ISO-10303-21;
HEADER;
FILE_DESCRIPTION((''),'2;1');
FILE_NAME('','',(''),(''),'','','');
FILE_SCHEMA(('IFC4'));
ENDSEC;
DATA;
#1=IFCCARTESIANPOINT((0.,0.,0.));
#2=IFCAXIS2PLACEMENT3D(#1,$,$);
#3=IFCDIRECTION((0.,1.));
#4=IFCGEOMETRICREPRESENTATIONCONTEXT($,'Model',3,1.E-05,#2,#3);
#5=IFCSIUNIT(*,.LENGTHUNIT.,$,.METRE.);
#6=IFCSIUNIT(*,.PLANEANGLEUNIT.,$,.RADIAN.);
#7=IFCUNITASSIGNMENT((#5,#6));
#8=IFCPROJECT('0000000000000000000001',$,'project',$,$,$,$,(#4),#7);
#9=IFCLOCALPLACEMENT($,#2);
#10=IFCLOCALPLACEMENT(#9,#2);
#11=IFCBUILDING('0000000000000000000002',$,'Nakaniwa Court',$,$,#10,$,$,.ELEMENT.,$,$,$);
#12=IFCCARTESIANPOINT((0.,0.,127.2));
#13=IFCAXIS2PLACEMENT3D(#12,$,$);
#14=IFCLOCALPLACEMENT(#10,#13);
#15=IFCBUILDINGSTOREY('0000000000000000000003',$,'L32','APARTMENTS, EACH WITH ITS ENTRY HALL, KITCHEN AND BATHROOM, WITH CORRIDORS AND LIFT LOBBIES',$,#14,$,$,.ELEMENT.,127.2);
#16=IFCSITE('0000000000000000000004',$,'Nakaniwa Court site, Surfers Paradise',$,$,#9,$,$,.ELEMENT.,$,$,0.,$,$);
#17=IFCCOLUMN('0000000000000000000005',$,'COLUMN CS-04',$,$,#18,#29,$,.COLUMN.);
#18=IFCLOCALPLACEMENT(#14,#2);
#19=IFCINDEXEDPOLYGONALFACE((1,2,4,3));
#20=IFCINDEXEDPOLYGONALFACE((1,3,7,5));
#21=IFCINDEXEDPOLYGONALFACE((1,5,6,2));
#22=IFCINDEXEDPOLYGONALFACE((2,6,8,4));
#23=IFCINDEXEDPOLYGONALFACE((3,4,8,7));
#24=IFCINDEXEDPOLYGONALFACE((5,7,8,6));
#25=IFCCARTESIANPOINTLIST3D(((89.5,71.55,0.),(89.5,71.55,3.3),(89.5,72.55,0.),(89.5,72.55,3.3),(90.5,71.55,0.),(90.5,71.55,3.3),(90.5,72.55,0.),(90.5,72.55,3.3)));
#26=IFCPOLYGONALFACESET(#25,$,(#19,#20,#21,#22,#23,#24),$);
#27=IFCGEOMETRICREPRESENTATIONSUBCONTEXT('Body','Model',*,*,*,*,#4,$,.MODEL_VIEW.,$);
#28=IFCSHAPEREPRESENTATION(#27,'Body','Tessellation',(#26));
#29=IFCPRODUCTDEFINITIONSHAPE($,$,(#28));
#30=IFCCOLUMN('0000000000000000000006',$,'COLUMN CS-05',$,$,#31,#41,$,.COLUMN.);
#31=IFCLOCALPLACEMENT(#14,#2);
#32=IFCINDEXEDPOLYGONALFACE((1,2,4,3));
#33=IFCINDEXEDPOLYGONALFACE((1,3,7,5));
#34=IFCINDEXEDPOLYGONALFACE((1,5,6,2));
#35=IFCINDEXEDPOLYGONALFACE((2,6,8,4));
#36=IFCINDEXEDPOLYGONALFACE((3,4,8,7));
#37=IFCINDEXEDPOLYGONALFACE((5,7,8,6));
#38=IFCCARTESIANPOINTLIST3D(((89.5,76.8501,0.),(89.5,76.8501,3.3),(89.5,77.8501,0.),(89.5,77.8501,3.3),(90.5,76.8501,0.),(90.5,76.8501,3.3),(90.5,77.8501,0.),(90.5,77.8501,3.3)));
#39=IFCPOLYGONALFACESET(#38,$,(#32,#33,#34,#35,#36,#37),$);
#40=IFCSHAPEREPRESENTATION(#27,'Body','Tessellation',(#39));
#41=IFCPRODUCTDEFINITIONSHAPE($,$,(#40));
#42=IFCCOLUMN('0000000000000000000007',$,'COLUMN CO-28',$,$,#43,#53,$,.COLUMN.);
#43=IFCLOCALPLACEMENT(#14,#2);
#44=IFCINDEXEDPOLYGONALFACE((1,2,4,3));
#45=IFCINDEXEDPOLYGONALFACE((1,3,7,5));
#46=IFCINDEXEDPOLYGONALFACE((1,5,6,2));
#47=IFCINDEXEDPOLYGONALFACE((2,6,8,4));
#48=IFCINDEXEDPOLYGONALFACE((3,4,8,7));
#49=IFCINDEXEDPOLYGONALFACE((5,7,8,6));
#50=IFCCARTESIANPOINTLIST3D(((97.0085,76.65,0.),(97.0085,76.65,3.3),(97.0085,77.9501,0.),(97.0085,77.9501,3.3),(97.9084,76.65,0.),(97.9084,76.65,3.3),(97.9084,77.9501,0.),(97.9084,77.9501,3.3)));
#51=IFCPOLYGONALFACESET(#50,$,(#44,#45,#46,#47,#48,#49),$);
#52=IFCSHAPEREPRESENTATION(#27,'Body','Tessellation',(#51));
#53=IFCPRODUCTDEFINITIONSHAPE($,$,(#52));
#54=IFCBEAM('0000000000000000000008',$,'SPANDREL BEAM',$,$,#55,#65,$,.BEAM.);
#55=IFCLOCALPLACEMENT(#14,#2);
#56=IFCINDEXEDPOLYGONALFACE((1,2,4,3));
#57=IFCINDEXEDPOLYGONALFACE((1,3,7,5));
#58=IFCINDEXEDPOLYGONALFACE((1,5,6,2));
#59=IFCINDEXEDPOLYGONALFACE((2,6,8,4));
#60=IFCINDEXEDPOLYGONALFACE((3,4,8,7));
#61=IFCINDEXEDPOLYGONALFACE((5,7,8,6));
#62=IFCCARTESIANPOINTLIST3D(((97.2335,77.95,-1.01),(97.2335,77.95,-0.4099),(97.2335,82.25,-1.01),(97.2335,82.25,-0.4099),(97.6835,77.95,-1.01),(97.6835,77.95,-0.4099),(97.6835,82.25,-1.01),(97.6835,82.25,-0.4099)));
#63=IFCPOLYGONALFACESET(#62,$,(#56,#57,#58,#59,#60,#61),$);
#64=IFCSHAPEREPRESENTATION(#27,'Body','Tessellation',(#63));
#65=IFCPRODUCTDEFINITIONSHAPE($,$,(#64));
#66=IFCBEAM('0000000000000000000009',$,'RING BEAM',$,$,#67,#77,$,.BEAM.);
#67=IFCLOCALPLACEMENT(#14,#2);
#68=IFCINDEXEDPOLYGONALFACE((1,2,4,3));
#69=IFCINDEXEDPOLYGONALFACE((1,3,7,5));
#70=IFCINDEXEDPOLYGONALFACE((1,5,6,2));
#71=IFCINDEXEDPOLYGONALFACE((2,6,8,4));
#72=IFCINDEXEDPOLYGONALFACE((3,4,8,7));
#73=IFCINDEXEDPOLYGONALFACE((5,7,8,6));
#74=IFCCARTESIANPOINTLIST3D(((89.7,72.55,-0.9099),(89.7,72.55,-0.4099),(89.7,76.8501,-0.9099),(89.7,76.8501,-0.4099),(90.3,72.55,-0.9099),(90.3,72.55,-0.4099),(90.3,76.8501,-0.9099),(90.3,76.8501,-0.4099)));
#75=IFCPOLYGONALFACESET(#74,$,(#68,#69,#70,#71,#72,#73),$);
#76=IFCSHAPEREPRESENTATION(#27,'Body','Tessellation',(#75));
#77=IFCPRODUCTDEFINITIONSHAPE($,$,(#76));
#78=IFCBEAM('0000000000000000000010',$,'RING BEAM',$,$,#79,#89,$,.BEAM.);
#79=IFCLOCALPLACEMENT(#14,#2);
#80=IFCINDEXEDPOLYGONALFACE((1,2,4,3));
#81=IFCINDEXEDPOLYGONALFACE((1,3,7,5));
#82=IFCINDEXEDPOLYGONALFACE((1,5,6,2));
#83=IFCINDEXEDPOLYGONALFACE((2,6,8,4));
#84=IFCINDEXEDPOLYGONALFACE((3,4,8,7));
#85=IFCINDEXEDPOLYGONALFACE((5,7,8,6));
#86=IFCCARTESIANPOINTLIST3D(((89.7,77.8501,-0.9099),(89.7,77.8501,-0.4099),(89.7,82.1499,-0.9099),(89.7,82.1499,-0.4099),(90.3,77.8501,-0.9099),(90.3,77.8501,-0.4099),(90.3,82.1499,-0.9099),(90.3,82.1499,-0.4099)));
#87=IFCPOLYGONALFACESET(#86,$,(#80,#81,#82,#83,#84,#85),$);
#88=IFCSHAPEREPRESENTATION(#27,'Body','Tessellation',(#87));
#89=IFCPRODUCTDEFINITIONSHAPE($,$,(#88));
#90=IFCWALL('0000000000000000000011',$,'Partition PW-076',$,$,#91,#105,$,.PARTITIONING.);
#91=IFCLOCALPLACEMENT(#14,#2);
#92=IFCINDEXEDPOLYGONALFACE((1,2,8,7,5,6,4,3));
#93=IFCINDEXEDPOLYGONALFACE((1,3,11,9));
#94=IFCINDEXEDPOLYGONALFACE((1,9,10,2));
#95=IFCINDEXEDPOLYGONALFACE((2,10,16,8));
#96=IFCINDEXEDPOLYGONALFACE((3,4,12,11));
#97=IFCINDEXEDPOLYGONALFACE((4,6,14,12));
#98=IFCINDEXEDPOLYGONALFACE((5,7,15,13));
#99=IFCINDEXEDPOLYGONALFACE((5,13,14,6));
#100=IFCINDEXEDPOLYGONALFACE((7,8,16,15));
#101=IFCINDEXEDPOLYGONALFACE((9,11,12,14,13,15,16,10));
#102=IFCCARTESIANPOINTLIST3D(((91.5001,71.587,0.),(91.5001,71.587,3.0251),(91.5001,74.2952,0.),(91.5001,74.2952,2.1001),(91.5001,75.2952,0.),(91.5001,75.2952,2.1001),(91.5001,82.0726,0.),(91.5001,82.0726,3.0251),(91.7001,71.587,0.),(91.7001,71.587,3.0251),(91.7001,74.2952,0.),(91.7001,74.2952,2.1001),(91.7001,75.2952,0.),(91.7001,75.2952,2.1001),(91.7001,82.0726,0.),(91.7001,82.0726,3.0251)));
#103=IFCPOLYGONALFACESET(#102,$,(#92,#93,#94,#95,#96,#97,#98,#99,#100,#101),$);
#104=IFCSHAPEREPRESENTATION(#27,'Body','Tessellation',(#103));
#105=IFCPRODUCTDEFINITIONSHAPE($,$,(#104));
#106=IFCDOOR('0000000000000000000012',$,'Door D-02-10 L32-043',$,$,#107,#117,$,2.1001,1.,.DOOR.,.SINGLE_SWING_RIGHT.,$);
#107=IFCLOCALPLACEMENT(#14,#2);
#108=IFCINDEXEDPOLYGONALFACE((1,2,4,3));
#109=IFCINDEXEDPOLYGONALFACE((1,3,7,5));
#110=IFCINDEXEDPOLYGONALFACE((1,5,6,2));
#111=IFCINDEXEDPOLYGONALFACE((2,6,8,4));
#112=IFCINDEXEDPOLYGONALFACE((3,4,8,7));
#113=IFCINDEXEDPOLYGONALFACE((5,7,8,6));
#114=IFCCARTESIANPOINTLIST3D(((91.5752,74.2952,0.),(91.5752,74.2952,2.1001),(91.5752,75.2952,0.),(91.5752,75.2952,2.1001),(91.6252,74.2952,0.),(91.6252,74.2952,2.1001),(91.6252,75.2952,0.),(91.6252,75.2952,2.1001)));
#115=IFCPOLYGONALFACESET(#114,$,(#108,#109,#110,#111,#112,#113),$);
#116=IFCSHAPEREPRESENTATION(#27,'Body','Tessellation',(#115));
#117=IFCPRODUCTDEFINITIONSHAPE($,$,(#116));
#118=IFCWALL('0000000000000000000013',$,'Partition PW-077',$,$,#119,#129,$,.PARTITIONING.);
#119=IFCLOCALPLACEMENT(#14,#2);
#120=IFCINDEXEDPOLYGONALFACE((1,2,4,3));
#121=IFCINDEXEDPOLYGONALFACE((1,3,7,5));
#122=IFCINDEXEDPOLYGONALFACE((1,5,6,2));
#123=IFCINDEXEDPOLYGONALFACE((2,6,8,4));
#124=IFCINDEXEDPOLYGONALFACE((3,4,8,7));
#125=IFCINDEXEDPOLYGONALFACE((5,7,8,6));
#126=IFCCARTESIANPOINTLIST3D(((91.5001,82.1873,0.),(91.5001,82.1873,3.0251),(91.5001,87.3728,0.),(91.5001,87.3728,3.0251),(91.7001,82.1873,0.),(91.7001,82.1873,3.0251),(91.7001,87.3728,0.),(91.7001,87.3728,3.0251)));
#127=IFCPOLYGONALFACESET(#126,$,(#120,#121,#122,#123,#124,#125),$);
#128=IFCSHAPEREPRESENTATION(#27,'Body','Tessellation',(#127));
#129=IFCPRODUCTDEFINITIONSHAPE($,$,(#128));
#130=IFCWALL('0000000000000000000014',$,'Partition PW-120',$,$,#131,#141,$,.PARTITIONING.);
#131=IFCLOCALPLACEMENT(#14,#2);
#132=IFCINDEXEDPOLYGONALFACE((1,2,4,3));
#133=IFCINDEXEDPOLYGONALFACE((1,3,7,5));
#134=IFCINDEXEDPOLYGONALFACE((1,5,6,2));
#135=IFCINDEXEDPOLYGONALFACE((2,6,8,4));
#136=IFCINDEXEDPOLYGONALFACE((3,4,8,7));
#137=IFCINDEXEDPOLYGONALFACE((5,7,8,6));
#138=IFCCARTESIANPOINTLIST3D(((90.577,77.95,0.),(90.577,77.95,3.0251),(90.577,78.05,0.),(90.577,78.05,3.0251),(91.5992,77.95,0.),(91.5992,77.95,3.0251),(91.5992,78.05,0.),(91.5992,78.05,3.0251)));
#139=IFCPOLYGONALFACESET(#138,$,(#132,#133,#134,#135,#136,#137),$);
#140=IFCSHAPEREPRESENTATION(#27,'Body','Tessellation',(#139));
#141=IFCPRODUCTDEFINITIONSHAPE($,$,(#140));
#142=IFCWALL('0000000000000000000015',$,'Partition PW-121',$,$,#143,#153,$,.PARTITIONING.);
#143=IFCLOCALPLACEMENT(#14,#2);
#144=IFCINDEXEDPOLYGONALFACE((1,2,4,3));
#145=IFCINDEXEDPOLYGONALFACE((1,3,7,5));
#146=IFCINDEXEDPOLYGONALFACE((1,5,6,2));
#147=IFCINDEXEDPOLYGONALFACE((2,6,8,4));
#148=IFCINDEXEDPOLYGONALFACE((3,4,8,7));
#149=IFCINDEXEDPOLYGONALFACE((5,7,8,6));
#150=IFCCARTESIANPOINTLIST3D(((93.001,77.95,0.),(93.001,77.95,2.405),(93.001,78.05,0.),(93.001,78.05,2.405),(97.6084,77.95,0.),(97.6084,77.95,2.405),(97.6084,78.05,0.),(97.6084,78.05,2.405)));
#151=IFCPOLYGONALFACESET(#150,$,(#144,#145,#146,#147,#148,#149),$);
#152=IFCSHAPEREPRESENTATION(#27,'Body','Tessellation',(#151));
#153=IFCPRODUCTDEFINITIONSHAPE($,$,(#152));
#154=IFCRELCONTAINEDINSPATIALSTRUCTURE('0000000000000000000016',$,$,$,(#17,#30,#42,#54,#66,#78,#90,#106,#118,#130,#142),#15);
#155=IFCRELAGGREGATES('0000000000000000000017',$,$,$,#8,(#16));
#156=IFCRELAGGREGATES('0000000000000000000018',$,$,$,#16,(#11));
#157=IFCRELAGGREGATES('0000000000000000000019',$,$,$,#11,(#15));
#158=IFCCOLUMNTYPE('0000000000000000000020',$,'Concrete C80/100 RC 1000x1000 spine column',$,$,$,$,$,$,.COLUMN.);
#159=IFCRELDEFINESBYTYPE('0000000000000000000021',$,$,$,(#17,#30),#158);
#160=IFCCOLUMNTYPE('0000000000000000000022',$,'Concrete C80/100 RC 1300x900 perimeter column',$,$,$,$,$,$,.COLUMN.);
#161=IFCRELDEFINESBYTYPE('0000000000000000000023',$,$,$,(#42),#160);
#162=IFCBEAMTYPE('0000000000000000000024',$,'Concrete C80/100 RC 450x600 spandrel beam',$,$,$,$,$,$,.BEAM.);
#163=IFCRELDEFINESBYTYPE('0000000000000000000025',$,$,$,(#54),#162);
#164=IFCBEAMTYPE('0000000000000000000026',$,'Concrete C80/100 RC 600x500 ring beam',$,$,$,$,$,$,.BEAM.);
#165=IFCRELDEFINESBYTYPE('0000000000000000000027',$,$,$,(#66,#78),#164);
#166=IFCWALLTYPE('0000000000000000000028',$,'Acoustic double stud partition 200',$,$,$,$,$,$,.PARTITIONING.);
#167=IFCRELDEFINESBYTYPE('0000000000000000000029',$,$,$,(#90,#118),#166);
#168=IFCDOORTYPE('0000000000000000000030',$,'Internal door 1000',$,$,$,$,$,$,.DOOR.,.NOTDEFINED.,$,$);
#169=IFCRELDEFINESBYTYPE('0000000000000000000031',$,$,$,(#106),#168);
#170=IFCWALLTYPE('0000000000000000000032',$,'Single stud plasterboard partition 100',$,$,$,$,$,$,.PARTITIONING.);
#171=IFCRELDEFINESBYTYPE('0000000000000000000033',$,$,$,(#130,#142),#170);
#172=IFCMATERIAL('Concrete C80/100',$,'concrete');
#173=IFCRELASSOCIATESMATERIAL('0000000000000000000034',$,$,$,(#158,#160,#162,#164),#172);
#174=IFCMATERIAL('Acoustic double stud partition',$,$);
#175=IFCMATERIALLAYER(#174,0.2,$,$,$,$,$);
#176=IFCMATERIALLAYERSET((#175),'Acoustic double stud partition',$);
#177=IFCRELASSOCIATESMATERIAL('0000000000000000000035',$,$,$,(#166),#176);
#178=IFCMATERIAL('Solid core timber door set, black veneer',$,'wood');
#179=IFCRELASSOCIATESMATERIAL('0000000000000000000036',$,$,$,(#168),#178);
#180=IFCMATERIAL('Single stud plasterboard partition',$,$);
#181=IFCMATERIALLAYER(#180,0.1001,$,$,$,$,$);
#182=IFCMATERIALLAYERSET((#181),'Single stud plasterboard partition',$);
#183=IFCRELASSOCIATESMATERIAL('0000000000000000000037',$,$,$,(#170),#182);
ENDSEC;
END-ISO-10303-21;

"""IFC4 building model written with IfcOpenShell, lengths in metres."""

from ifc_helpers import new_model, si_unit, direction, frame, frame_2d, origin, origin_2d, place, context, subcontext, project, spatial, rectangle, extrude, material, layer, layer_set, material_profile, profile_set, type_object, element, fill, save


model = new_model("IFC4")

# Units and contexts
model_context = context("Model", 3, precision=1e-05, world=origin(), true_north=direction((0.0, 1.0)))
body_context = subcontext(model_context, "Body", "Model", "MODEL_VIEW")
ifc_project = project(units=[si_unit("LENGTHUNIT", "METRE"), si_unit("PLANEANGLEUNIT", "RADIAN")], contexts=[model_context])

# Site, building, storey
site_placement = place(None, origin())
site = spatial("IfcSite", under=ifc_project, at=site_placement, Name="Nakaniwa Court site, Surfers Paradise", CompositionType="ELEMENT", RefElevation=0.0)
building_placement = place(site_placement, origin())
building = spatial("IfcBuilding", under=site, at=building_placement, Name="Nakaniwa Court", CompositionType="ELEMENT")
storey_placement = place(building_placement, frame((0.0, 0.0, 127.2)))
storey = spatial("IfcBuildingStorey", under=building, at=storey_placement, Name="L32", Description="APARTMENTS, EACH WITH ITS ENTRY HALL, KITCHEN AND BATHROOM, WITH CORRIDORS AND LIFT LOBBIES", CompositionType="ELEMENT", Elevation=127.2)

# Columns
ifc_material_1 = material(Name="Concrete C80/100", Category="concrete")
ifc_material_profile_1 = material_profile(ifc_material_1, rectangle(XDim=1.0, YDim=1.0, at=origin_2d()), Name="Concrete C80/100 RC 1000x1000 spine column")
ifc_profile_set_1 = profile_set([ifc_material_profile_1], Name="Concrete C80/100")
column_type_1 = type_object("IfcColumnType", Name="Concrete C80/100 RC 1000x1000 spine column", PredefinedType="COLUMN", material=ifc_profile_set_1)
for number, where, z_axis, x_axis, name in (
    (1, (90.0, 72.05, 0.0), (0.0, 0.0, 1.0), (0.0, 1.0, 0.0), "COLUMN CS-04"),
    (2, (90.0, 77.3501, 0.0), (0.0, 0.0, 1.0), (0.0, 1.0, 0.0), "COLUMN CS-05"),
):
    element("IfcColumn", number, at=place(storey_placement, frame(where, z_axis=z_axis, x_axis=x_axis)), inside=storey, type_object=column_type_1, Name=name, PredefinedType="COLUMN", context=body_context, shape_type="SweptSolid", body=[
        extrude(rectangle(XDim=1.0, YDim=1.0, at=origin_2d()), origin(), (0.0, 0.0, 1.0), 3.3),
    ])
ifc_material_profile_2 = material_profile(ifc_material_1, rectangle(XDim=1.3, YDim=0.8999, at=origin_2d()), Name="Concrete C80/100 RC 1300x900 perimeter column")
ifc_profile_set_2 = profile_set([ifc_material_profile_2], Name="Concrete C80/100")
column_type_2 = type_object("IfcColumnType", Name="Concrete C80/100 RC 1300x900 perimeter column", PredefinedType="COLUMN", material=ifc_profile_set_2)
column_placement = place(storey_placement, frame((97.4585, 77.3, 0.0), z_axis=(0.0, 0.0, 1.0), x_axis=(0.0, 1.0, 0.0)))
element("IfcColumn", 3, at=column_placement, inside=storey, type_object=column_type_2, Name="COLUMN CO-28", PredefinedType="COLUMN", context=body_context, shape_type="SweptSolid", body=[
    extrude(rectangle(XDim=1.3, YDim=0.8999, at=origin_2d()), origin(), (0.0, 0.0, 1.0), 3.3),
])

# Beams
ifc_material_profile_3 = material_profile(ifc_material_1, rectangle(XDim=0.45, YDim=0.6001, at=origin_2d()), Name="Concrete C80/100 RC 450x600 spandrel beam")
ifc_profile_set_3 = profile_set([ifc_material_profile_3], Name="Concrete C80/100")
beam_type_1 = type_object("IfcBeamType", Name="Concrete C80/100 RC 450x600 spandrel beam", PredefinedType="BEAM", material=ifc_profile_set_3)
beam_1_placement = place(storey_placement, frame((97.4585, 77.95, -0.71), z_axis=(0.0, 1.0, 0.0), x_axis=(-1.0, 0.0, 0.0)))
element("IfcBeam", 4, at=beam_1_placement, inside=storey, type_object=beam_type_1, Name="SPANDREL BEAM", PredefinedType="BEAM", context=body_context, shape_type="SweptSolid", body=[
    extrude(rectangle(XDim=0.45, YDim=0.6001, at=origin_2d()), origin(), (0.0, 0.0, 1.0), 4.3),
])
ifc_material_profile_4 = material_profile(ifc_material_1, rectangle(XDim=0.6001, YDim=0.5, at=origin_2d()), Name="Concrete C80/100 RC 600x500 ring beam")
ifc_profile_set_4 = profile_set([ifc_material_profile_4], Name="Concrete C80/100")
beam_type_2 = type_object("IfcBeamType", Name="Concrete C80/100 RC 600x500 ring beam", PredefinedType="BEAM", material=ifc_profile_set_4)
beam_2_placement = place(storey_placement, frame((90.0, 72.55, -0.6599), z_axis=(0.0, 1.0, 0.0), x_axis=(-1.0, 0.0, 0.0)))
element("IfcBeam", 5, at=beam_2_placement, inside=storey, type_object=beam_type_2, Name="RING BEAM", PredefinedType="BEAM", context=body_context, shape_type="SweptSolid", body=[
    extrude(rectangle(XDim=0.6001, YDim=0.5, at=origin_2d()), origin(), (0.0, 0.0, 1.0), 4.3),
])
beam_3_placement = place(storey_placement, frame((90.0, 77.8501, -0.6599), z_axis=(0.0, 1.0, 0.0), x_axis=(-1.0, 0.0, 0.0)))
element("IfcBeam", 6, at=beam_3_placement, inside=storey, type_object=beam_type_2, Name="RING BEAM", PredefinedType="BEAM", context=body_context, shape_type="SweptSolid", body=[
    extrude(rectangle(XDim=0.6001, YDim=0.5, at=origin_2d()), origin(), (0.0, 0.0, 1.0), 4.2998),
])

# Wall, opening, door
ifc_material_2 = material(Name="Acoustic double stud partition")
ifc_layer_1 = layer(ifc_material_2, 0.2)
ifc_layer_set_1 = layer_set([ifc_layer_1], Name="Acoustic double stud partition")
wall_type_1 = type_object("IfcWallType", Name="Acoustic double stud partition 200", PredefinedType="PARTITIONING", material=ifc_layer_set_1)
wall_1_placement = place(storey_placement, frame((91.6001, 71.5872, 0.0), z_axis=(0.0, 0.0, 1.0), x_axis=(0.0, 1.0, 0.0)))
wall_1 = element("IfcWall", 7, at=wall_1_placement, inside=storey, type_object=wall_type_1, Name="Partition PW-076", PredefinedType="PARTITIONING", context=body_context, shape_type="SweptSolid", body=[
    extrude(rectangle(XDim=10.4856, YDim=0.2, at=frame_2d((5.2427, 0.0))), origin(), (0.0, 0.0, 1.0), 3.0251),
])
opening_1_placement = place(wall_1_placement, frame((2.708, 0.0, 0.0)))
opening_1 = element("IfcOpeningElement", 8, at=opening_1_placement, cuts=wall_1, PredefinedType="OPENING", context=body_context, shape_type="SweptSolid", body=[
    extrude(rectangle(XDim=1.0, YDim=2.1001, at=frame_2d((0.5, 1.05))), frame((0.0, 0.1099, 0.0), z_axis=(0.0, -1.0, 0.0), x_axis=(1.0, 0.0, 0.0)), (0.0, 0.0, 1.0), 0.22),
])
ifc_material_3 = material(Name="Solid core timber door set, black veneer", Category="wood")
door_type_1 = type_object("IfcDoorType", Name="Internal door 1000", OperationType="NOTDEFINED", PredefinedType="DOOR", material=ifc_material_3)
door_1_placement = place(opening_1_placement, origin())
door_1 = element("IfcDoor", 9, at=door_1_placement, inside=storey, type_object=door_type_1, Name="Door D-02-10 L32-043", OperationType="SINGLE_SWING_RIGHT", OverallHeight=2.1001, OverallWidth=1.0, PredefinedType="DOOR", context=body_context, shape_type="SweptSolid", body=[
    extrude(rectangle(XDim=1.0, YDim=2.1001, at=frame_2d((0.5, 1.05))), frame((0.0, 0.0249, 0.0), z_axis=(0.0, -1.0, 0.0), x_axis=(1.0, 0.0, 0.0)), (0.0, 0.0, 1.0), 0.05),
])
fill(opening_1, door_1)

# Walls
wall_2_placement = place(storey_placement, frame((91.6001, 82.1873, 0.0), z_axis=(0.0, 0.0, 1.0), x_axis=(0.0, 1.0, 0.0)))
element("IfcWall", 10, at=wall_2_placement, inside=storey, type_object=wall_type_1, Name="Partition PW-077", PredefinedType="PARTITIONING", context=body_context, shape_type="SweptSolid", body=[
    extrude(rectangle(XDim=5.1855, YDim=0.2, at=frame_2d((2.5928, 0.0))), origin(), (0.0, 0.0, 1.0), 3.0251),
])
ifc_material_4 = material(Name="Single stud plasterboard partition")
ifc_layer_2 = layer(ifc_material_4, 0.1001)
ifc_layer_set_2 = layer_set([ifc_layer_2], Name="Single stud plasterboard partition")
wall_type_2 = type_object("IfcWallType", Name="Single stud plasterboard partition 100", PredefinedType="PARTITIONING", material=ifc_layer_set_2)
wall_3_placement = place(storey_placement, frame((90.5769, 78.0, 0.0), z_axis=(0.0, 0.0, 1.0), x_axis=(1.0, 0.0, 0.0)))
element("IfcWall", 11, at=wall_3_placement, inside=storey, type_object=wall_type_2, Name="Partition PW-120", PredefinedType="PARTITIONING", context=body_context, shape_type="SweptSolid", body=[
    extrude(rectangle(XDim=1.0222, YDim=0.1001, at=frame_2d((0.5112, 0.0))), origin(), (0.0, 0.0, 1.0), 3.0251),
])
wall_4_placement = place(storey_placement, frame((93.001, 78.0, 0.0), z_axis=(0.0, 0.0, 1.0), x_axis=(1.0, 0.0, 0.0)))
element("IfcWall", 12, at=wall_4_placement, inside=storey, type_object=wall_type_2, Name="Partition PW-121", PredefinedType="PARTITIONING", context=body_context, shape_type="SweptSolid", body=[
    extrude(rectangle(XDim=4.6074, YDim=0.1001, at=frame_2d((2.3037, 0.0))), origin(), (0.0, 0.0, 1.0), 2.405),
])

save(model, "model.ifc")
